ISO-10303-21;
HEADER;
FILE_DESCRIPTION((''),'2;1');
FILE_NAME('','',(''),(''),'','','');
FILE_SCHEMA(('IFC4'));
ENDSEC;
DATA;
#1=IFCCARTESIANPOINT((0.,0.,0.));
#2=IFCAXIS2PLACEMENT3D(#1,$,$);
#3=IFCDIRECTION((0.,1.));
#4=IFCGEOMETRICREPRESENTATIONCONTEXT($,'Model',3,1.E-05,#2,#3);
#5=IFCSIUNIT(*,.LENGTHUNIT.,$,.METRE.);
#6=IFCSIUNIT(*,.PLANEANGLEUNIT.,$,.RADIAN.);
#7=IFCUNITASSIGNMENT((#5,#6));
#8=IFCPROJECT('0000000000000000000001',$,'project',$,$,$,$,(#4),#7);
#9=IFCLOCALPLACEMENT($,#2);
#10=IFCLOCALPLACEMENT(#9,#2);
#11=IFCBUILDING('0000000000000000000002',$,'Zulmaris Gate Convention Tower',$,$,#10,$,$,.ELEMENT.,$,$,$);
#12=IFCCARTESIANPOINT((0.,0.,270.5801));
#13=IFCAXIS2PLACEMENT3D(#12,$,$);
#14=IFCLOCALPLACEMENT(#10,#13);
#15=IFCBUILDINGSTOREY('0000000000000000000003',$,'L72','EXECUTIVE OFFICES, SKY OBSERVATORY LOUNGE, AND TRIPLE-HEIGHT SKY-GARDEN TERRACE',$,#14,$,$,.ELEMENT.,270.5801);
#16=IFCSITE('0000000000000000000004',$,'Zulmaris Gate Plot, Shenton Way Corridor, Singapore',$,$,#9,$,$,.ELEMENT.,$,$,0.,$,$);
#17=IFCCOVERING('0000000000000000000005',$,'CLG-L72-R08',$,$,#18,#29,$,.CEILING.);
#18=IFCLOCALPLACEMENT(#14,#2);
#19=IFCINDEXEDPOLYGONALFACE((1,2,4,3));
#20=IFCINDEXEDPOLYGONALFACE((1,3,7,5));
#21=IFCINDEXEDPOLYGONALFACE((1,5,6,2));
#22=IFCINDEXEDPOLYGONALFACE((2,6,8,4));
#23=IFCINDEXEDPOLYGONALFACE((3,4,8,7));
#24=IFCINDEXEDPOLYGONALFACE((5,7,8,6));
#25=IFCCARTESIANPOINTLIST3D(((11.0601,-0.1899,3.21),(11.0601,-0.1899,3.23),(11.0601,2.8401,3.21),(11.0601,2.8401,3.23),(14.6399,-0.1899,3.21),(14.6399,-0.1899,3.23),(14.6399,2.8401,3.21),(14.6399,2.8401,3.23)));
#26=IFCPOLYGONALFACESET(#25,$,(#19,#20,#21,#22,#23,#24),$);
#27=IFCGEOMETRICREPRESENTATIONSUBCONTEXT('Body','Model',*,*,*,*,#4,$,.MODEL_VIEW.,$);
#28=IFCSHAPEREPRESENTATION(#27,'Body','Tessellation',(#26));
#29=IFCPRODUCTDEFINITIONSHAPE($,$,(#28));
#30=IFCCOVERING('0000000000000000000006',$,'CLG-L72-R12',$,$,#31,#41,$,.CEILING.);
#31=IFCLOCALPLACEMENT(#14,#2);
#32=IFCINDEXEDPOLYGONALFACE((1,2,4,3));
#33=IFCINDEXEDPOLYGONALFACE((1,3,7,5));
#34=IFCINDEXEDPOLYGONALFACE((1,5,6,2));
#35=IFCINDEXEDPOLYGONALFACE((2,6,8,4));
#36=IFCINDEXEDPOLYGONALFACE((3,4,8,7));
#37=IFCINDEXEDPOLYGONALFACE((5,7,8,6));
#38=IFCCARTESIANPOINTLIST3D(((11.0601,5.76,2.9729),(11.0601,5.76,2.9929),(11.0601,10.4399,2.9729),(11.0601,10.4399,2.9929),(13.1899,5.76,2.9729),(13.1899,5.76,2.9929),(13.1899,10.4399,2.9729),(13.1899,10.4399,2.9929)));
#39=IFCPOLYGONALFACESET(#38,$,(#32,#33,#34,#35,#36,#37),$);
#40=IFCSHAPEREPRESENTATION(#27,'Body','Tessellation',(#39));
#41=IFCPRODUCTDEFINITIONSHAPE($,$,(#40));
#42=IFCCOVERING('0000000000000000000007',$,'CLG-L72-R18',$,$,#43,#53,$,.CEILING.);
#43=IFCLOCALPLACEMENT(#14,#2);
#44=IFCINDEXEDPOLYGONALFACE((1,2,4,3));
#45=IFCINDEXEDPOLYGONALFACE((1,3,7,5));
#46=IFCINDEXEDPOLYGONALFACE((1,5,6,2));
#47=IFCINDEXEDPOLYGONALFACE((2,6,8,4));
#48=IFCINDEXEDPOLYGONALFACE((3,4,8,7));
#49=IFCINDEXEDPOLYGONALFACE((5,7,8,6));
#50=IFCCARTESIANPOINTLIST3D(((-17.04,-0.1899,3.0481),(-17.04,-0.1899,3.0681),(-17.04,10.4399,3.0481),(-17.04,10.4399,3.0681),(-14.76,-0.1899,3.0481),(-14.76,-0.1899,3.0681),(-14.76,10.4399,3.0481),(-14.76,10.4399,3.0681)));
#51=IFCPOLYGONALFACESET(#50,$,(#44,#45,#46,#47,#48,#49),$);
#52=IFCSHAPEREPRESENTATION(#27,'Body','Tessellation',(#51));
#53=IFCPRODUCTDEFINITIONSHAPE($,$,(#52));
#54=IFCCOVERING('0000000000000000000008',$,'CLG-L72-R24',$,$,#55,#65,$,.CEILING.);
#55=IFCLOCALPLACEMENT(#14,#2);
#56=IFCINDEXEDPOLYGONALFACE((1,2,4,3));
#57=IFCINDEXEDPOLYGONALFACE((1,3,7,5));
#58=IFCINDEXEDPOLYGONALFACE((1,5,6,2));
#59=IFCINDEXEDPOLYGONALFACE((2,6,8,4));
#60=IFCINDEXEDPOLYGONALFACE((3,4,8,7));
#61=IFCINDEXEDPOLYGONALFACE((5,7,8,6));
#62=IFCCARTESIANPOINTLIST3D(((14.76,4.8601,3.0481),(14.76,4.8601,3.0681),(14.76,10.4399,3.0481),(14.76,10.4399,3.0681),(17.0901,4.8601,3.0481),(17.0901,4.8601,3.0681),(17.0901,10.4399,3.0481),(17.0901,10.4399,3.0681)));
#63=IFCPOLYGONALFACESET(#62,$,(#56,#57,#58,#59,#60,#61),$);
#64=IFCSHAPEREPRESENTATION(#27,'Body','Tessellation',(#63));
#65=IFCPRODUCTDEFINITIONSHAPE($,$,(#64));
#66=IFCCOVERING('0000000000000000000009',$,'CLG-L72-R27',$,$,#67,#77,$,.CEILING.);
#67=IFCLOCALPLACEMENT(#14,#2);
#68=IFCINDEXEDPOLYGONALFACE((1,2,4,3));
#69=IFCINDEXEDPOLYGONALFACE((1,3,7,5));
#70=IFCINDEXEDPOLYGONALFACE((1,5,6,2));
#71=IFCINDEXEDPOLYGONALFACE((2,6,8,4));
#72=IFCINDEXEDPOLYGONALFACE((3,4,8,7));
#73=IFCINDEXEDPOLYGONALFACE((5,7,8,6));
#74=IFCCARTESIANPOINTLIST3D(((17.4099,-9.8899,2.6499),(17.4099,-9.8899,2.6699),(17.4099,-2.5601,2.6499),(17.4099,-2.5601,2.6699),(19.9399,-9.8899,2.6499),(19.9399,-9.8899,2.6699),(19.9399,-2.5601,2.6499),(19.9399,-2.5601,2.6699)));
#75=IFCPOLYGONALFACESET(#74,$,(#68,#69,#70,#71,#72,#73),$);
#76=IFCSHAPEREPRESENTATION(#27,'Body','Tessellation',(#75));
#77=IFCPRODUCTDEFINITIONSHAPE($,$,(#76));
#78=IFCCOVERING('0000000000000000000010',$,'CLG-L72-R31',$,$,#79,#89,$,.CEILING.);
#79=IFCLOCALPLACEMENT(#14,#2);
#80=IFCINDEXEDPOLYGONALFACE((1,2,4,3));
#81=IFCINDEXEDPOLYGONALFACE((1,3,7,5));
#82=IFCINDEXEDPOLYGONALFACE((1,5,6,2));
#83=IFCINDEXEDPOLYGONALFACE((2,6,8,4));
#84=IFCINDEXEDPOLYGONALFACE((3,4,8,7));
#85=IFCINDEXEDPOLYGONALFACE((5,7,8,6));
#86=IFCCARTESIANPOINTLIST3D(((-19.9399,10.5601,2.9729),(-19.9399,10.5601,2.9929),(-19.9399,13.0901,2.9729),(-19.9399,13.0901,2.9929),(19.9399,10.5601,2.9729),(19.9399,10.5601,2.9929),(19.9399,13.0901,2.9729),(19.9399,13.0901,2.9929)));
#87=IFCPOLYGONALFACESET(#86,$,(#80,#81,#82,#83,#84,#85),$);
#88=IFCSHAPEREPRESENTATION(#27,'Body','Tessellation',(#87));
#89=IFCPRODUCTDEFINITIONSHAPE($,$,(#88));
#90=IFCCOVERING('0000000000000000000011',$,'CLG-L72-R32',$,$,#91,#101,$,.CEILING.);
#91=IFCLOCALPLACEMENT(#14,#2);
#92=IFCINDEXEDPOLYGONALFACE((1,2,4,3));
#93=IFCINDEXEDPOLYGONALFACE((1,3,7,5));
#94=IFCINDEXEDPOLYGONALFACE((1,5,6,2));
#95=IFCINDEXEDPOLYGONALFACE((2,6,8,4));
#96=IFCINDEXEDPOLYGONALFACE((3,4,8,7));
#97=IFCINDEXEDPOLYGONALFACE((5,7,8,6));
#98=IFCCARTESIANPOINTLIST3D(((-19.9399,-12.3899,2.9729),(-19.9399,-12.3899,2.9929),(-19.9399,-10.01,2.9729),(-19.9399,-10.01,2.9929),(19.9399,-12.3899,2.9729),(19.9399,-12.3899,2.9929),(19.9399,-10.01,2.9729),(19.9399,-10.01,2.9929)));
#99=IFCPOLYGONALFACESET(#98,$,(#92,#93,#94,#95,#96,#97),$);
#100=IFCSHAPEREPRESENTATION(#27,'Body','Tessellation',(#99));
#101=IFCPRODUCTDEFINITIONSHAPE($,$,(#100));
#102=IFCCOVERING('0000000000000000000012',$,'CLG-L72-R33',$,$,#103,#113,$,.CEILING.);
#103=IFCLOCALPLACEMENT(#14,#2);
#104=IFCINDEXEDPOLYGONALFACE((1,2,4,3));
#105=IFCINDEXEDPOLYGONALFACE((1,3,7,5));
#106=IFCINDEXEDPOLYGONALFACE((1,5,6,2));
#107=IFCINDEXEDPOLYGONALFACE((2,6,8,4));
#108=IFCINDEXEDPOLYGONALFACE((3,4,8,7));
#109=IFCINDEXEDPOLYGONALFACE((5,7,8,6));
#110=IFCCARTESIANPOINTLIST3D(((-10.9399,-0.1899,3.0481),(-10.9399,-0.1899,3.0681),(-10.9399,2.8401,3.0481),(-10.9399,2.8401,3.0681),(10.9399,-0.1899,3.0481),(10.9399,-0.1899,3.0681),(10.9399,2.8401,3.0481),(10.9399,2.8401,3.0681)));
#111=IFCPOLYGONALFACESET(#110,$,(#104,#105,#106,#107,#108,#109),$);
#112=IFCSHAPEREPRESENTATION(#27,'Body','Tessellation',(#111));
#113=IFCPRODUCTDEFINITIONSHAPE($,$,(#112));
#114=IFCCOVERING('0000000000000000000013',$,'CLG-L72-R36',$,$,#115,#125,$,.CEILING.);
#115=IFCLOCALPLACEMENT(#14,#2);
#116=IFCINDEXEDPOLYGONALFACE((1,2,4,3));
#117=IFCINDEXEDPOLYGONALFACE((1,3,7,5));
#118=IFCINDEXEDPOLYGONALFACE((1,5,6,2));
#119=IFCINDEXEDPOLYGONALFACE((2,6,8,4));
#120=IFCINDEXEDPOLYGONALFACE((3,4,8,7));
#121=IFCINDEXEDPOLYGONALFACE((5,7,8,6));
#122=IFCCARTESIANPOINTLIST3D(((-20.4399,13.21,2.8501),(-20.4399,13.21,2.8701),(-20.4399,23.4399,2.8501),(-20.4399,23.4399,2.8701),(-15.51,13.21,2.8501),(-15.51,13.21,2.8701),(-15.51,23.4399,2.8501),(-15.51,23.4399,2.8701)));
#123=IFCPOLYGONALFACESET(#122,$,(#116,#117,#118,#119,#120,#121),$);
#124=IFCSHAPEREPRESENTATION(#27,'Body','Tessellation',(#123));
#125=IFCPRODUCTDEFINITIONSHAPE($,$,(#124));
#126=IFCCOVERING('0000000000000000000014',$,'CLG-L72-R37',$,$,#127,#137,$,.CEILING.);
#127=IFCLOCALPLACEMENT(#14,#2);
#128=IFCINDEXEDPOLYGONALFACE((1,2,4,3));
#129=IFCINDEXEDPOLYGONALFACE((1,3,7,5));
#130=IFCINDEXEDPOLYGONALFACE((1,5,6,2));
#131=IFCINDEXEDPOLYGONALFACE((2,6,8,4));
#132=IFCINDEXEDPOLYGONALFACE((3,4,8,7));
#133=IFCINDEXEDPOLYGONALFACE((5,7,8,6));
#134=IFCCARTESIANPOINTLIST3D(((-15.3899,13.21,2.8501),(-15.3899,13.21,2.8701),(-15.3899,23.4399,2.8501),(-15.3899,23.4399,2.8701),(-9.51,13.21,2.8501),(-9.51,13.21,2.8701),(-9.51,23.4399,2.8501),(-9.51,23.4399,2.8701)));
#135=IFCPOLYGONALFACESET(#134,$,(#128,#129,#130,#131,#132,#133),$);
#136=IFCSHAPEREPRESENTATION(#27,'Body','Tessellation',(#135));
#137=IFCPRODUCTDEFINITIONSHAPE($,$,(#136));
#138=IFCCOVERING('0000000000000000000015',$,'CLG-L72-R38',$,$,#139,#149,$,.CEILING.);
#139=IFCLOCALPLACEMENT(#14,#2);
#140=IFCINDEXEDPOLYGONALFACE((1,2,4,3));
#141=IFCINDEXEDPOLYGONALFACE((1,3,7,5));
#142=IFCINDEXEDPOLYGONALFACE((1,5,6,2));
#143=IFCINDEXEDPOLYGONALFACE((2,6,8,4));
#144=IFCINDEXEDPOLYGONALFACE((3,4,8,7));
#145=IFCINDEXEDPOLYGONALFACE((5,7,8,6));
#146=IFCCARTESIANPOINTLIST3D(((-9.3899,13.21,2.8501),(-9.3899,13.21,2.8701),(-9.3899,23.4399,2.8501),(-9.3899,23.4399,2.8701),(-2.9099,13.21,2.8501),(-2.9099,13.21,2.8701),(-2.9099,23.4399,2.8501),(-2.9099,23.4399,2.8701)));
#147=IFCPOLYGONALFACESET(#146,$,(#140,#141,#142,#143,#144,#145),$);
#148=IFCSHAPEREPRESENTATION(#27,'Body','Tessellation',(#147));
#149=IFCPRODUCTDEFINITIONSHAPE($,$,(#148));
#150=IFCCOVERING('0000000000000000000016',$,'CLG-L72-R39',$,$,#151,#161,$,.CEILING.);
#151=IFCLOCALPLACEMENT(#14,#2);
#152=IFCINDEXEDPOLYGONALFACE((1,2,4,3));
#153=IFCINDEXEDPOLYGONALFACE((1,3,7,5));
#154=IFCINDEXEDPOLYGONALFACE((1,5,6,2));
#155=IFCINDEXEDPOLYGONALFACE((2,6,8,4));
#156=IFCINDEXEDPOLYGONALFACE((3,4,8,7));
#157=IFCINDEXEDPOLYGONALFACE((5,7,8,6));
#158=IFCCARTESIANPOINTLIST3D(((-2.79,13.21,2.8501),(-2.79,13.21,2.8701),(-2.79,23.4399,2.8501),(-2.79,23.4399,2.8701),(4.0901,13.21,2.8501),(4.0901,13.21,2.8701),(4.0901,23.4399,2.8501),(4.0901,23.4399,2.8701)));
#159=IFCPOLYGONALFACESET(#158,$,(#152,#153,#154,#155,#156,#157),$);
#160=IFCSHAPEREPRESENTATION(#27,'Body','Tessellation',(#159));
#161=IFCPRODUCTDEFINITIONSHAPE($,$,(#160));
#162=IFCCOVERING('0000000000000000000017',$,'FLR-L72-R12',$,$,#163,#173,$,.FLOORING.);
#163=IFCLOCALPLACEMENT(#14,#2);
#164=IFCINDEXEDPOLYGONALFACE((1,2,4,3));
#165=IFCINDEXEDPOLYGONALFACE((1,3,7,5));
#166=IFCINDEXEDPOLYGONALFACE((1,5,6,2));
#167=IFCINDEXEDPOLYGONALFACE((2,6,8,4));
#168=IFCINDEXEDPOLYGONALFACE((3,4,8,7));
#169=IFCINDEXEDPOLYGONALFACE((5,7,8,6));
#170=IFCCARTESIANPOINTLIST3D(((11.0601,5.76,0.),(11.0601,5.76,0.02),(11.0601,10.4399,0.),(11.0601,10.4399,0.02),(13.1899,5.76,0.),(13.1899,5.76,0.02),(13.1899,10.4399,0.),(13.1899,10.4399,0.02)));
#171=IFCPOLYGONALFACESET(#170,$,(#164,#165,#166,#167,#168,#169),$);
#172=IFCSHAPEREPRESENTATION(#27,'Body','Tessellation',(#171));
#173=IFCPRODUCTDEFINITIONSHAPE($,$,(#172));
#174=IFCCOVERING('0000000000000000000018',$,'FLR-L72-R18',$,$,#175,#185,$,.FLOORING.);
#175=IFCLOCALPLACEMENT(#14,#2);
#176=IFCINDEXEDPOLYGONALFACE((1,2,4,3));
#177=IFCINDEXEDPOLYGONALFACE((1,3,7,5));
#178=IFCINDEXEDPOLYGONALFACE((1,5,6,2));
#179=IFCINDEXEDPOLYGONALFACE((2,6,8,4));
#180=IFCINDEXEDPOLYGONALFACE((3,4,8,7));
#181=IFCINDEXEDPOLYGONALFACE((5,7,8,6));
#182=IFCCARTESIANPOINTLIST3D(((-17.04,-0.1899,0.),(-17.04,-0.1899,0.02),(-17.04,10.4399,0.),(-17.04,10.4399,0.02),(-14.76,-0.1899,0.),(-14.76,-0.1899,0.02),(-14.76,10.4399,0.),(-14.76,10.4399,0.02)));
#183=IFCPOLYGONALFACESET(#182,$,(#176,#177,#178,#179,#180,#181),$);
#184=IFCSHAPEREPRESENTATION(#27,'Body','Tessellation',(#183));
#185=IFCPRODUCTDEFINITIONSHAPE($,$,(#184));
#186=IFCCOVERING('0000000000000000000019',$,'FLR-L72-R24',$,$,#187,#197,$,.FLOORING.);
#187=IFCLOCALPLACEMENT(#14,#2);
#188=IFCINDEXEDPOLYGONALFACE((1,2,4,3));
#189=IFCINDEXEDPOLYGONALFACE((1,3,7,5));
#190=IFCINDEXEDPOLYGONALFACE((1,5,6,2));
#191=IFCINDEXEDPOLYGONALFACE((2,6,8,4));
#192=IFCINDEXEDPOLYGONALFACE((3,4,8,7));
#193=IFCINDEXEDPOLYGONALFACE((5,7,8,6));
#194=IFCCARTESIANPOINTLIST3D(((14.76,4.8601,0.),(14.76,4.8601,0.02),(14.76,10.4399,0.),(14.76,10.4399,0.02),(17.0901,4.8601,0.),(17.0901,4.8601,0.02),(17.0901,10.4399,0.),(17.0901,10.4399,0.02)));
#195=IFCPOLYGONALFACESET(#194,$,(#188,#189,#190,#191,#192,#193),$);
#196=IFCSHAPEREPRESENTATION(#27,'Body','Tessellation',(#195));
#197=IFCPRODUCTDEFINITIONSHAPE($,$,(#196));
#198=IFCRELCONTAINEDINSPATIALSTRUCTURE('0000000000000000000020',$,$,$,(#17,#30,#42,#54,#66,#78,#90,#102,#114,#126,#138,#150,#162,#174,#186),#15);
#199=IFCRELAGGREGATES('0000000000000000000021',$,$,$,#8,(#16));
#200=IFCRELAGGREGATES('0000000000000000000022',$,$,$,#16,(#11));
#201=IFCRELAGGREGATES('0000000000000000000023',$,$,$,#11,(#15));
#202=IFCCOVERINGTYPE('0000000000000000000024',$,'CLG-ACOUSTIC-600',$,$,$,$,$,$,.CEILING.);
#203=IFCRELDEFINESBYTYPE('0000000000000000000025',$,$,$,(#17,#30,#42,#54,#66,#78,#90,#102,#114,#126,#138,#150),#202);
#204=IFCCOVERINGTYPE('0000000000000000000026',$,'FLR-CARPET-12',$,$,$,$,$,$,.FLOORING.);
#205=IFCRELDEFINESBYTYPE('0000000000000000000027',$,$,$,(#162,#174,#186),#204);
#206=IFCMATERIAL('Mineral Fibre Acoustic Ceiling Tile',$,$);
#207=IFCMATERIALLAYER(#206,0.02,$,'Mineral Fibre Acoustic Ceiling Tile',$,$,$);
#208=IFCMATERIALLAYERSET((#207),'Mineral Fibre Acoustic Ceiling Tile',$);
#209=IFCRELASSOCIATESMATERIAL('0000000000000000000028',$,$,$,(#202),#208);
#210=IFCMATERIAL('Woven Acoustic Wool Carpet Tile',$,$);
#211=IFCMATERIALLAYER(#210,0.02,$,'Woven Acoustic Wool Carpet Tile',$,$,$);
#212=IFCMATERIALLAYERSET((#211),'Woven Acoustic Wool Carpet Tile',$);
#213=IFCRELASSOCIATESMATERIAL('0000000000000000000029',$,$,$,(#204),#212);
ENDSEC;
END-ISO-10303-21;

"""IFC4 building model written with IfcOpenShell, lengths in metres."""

from ifc_helpers import new_model, si_unit, direction, frame, origin, place, context, subcontext, project, spatial, polyline, outline, extrude, material, layer, layer_set, type_object, element, save


model = new_model("IFC4")

# Units and contexts
model_context = context("Model", 3, precision=1e-05, world=origin(), true_north=direction((0.0, 1.0)))
body_context = subcontext(model_context, "Body", "Model", "MODEL_VIEW")
ifc_project = project(units=[si_unit("LENGTHUNIT", "METRE"), si_unit("PLANEANGLEUNIT", "RADIAN")], contexts=[model_context])

# Site, building, storey
site_placement = place(None, origin())
site = spatial("IfcSite", under=ifc_project, at=site_placement, Name="Zulmaris Gate Plot, Shenton Way Corridor, Singapore", CompositionType="ELEMENT", RefElevation=0.0)
building_placement = place(site_placement, origin())
building = spatial("IfcBuilding", under=site, at=building_placement, Name="Zulmaris Gate Convention Tower", CompositionType="ELEMENT")
storey_placement = place(building_placement, frame((0.0, 0.0, 270.5801)))
storey = spatial("IfcBuildingStorey", under=building, at=storey_placement, Name="L72", Description="EXECUTIVE OFFICES, SKY OBSERVATORY LOUNGE, AND TRIPLE-HEIGHT SKY-GARDEN TERRACE", CompositionType="ELEMENT", Elevation=270.5801)

# Coverings
ifc_material_1 = material(Name="Mineral Fibre Acoustic Ceiling Tile")
ifc_layer_1 = layer(ifc_material_1, 0.02, Name="Mineral Fibre Acoustic Ceiling Tile")
ifc_layer_set_1 = layer_set([ifc_layer_1], Name="Mineral Fibre Acoustic Ceiling Tile")
covering_type_1 = type_object("IfcCoveringType", Name="CLG-ACOUSTIC-600", PredefinedType="CEILING", material=ifc_layer_set_1)
covering_1_placement = place(storey_placement, frame((0.0, 0.0, 3.21)))
element("IfcCovering", 1, at=covering_1_placement, inside=storey, type_object=covering_type_1, Name="CLG-L72-R08", PredefinedType="CEILING", context=body_context, shape_type="SweptSolid", body=[
    extrude(outline(polyline([(11.0601, -0.1899), (14.6399, -0.1899), (14.6399, 2.8401), (11.0601, 2.8401), (11.0601, -0.1899)])), origin(), (0.0, 0.0, 1.0), 0.02),
])
covering_2_placement = place(storey_placement, frame((0.0, 0.0, 2.9729)))
element("IfcCovering", 2, at=covering_2_placement, inside=storey, type_object=covering_type_1, Name="CLG-L72-R12", PredefinedType="CEILING", context=body_context, shape_type="SweptSolid", body=[
    extrude(outline(polyline([(11.0601, 5.76), (13.1899, 5.76), (13.1899, 10.4399), (11.0601, 10.4399), (11.0601, 5.76)])), origin(), (0.0, 0.0, 1.0), 0.02),
])
covering_3_placement = place(storey_placement, frame((0.0, 0.0, 3.0481)))
element("IfcCovering", 3, at=covering_3_placement, inside=storey, type_object=covering_type_1, Name="CLG-L72-R18", PredefinedType="CEILING", context=body_context, shape_type="SweptSolid", body=[
    extrude(outline(polyline([(-17.04, -0.1899), (-14.76, -0.1899), (-14.76, 10.4399), (-17.04, 10.4399), (-17.04, -0.1899)])), origin(), (0.0, 0.0, 1.0), 0.02),
])
covering_4_placement = place(storey_placement, frame((0.0, 0.0, 3.0481)))
element("IfcCovering", 4, at=covering_4_placement, inside=storey, type_object=covering_type_1, Name="CLG-L72-R24", PredefinedType="CEILING", context=body_context, shape_type="SweptSolid", body=[
    extrude(outline(polyline([(14.76, 4.8601), (17.0901, 4.8601), (17.0901, 10.4399), (14.76, 10.4399), (14.76, 4.8601)])), origin(), (0.0, 0.0, 1.0), 0.02),
])
covering_5_placement = place(storey_placement, frame((0.0, 0.0, 2.6499)))
element("IfcCovering", 5, at=covering_5_placement, inside=storey, type_object=covering_type_1, Name="CLG-L72-R27", PredefinedType="CEILING", context=body_context, shape_type="SweptSolid", body=[
    extrude(outline(polyline([(17.4099, -9.8899), (19.9399, -9.8899), (19.9399, -2.5601), (17.4099, -2.5601), (17.4099, -9.8899)])), origin(), (0.0, 0.0, 1.0), 0.02),
])
covering_6_placement = place(storey_placement, frame((0.0, 0.0, 2.9729)))
element("IfcCovering", 6, at=covering_6_placement, inside=storey, type_object=covering_type_1, Name="CLG-L72-R31", PredefinedType="CEILING", context=body_context, shape_type="SweptSolid", body=[
    extrude(outline(polyline([(-19.9399, 10.5601), (19.9399, 10.5601), (19.9399, 13.0901), (-19.9399, 13.0901), (-19.9399, 10.5601)])), origin(), (0.0, 0.0, 1.0), 0.02),
])
covering_7_placement = place(storey_placement, frame((0.0, 0.0, 2.9729)))
element("IfcCovering", 7, at=covering_7_placement, inside=storey, type_object=covering_type_1, Name="CLG-L72-R32", PredefinedType="CEILING", context=body_context, shape_type="SweptSolid", body=[
    extrude(outline(polyline([(-19.9399, -12.3899), (19.9399, -12.3899), (19.9399, -10.01), (-19.9399, -10.01), (-19.9399, -12.3899)])), origin(), (0.0, 0.0, 1.0), 0.02),
])
covering_8_placement = place(storey_placement, frame((0.0, 0.0, 3.0481)))
element("IfcCovering", 8, at=covering_8_placement, inside=storey, type_object=covering_type_1, Name="CLG-L72-R33", PredefinedType="CEILING", context=body_context, shape_type="SweptSolid", body=[
    extrude(outline(polyline([(-10.9399, -0.1899), (10.9399, -0.1899), (10.9399, 2.8401), (-10.9399, 2.8401), (-10.9399, -0.1899)])), origin(), (0.0, 0.0, 1.0), 0.02),
])
covering_9_placement = place(storey_placement, frame((0.0, 0.0, 2.8501)))
element("IfcCovering", 9, at=covering_9_placement, inside=storey, type_object=covering_type_1, Name="CLG-L72-R36", PredefinedType="CEILING", context=body_context, shape_type="SweptSolid", body=[
    extrude(outline(polyline([(-20.4399, 13.21), (-15.51, 13.21), (-15.51, 23.4399), (-20.4399, 23.4399), (-20.4399, 13.21)])), origin(), (0.0, 0.0, 1.0), 0.02),
])
covering_10_placement = place(storey_placement, frame((0.0, 0.0, 2.8501)))
element("IfcCovering", 10, at=covering_10_placement, inside=storey, type_object=covering_type_1, Name="CLG-L72-R37", PredefinedType="CEILING", context=body_context, shape_type="SweptSolid", body=[
    extrude(outline(polyline([(-15.3899, 13.21), (-9.51, 13.21), (-9.51, 23.4399), (-15.3899, 23.4399), (-15.3899, 13.21)])), origin(), (0.0, 0.0, 1.0), 0.02),
])
covering_11_placement = place(storey_placement, frame((0.0, 0.0, 2.8501)))
element("IfcCovering", 11, at=covering_11_placement, inside=storey, type_object=covering_type_1, Name="CLG-L72-R38", PredefinedType="CEILING", context=body_context, shape_type="SweptSolid", body=[
    extrude(outline(polyline([(-9.3899, 13.21), (-2.9099, 13.21), (-2.9099, 23.4399), (-9.3899, 23.4399), (-9.3899, 13.21)])), origin(), (0.0, 0.0, 1.0), 0.02),
])
covering_12_placement = place(storey_placement, frame((0.0, 0.0, 2.8501)))
element("IfcCovering", 12, at=covering_12_placement, inside=storey, type_object=covering_type_1, Name="CLG-L72-R39", PredefinedType="CEILING", context=body_context, shape_type="SweptSolid", body=[
    extrude(outline(polyline([(-2.79, 13.21), (4.0901, 13.21), (4.0901, 23.4399), (-2.79, 23.4399), (-2.79, 13.21)])), origin(), (0.0, 0.0, 1.0), 0.02),
])
ifc_material_2 = material(Name="Woven Acoustic Wool Carpet Tile")
ifc_layer_2 = layer(ifc_material_2, 0.02, Name="Woven Acoustic Wool Carpet Tile")
ifc_layer_set_2 = layer_set([ifc_layer_2], Name="Woven Acoustic Wool Carpet Tile")
covering_type_2 = type_object("IfcCoveringType", Name="FLR-CARPET-12", PredefinedType="FLOORING", material=ifc_layer_set_2)
covering_13_placement = place(storey_placement, origin())
element("IfcCovering", 13, at=covering_13_placement, inside=storey, type_object=covering_type_2, Name="FLR-L72-R12", PredefinedType="FLOORING", context=body_context, shape_type="SweptSolid", body=[
    extrude(outline(polyline([(11.0601, 5.76), (13.1899, 5.76), (13.1899, 10.4399), (11.0601, 10.4399), (11.0601, 5.76)])), origin(), (0.0, 0.0, 1.0), 0.02),
])
covering_14_placement = place(storey_placement, origin())
element("IfcCovering", 14, at=covering_14_placement, inside=storey, type_object=covering_type_2, Name="FLR-L72-R18", PredefinedType="FLOORING", context=body_context, shape_type="SweptSolid", body=[
    extrude(outline(polyline([(-17.04, -0.1899), (-14.76, -0.1899), (-14.76, 10.4399), (-17.04, 10.4399), (-17.04, -0.1899)])), origin(), (0.0, 0.0, 1.0), 0.02),
])
covering_15_placement = place(storey_placement, origin())
element("IfcCovering", 15, at=covering_15_placement, inside=storey, type_object=covering_type_2, Name="FLR-L72-R24", PredefinedType="FLOORING", context=body_context, shape_type="SweptSolid", body=[
    extrude(outline(polyline([(14.76, 4.8601), (17.0901, 4.8601), (17.0901, 10.4399), (14.76, 10.4399), (14.76, 4.8601)])), origin(), (0.0, 0.0, 1.0), 0.02),
])

save(model, "model.ifc")
